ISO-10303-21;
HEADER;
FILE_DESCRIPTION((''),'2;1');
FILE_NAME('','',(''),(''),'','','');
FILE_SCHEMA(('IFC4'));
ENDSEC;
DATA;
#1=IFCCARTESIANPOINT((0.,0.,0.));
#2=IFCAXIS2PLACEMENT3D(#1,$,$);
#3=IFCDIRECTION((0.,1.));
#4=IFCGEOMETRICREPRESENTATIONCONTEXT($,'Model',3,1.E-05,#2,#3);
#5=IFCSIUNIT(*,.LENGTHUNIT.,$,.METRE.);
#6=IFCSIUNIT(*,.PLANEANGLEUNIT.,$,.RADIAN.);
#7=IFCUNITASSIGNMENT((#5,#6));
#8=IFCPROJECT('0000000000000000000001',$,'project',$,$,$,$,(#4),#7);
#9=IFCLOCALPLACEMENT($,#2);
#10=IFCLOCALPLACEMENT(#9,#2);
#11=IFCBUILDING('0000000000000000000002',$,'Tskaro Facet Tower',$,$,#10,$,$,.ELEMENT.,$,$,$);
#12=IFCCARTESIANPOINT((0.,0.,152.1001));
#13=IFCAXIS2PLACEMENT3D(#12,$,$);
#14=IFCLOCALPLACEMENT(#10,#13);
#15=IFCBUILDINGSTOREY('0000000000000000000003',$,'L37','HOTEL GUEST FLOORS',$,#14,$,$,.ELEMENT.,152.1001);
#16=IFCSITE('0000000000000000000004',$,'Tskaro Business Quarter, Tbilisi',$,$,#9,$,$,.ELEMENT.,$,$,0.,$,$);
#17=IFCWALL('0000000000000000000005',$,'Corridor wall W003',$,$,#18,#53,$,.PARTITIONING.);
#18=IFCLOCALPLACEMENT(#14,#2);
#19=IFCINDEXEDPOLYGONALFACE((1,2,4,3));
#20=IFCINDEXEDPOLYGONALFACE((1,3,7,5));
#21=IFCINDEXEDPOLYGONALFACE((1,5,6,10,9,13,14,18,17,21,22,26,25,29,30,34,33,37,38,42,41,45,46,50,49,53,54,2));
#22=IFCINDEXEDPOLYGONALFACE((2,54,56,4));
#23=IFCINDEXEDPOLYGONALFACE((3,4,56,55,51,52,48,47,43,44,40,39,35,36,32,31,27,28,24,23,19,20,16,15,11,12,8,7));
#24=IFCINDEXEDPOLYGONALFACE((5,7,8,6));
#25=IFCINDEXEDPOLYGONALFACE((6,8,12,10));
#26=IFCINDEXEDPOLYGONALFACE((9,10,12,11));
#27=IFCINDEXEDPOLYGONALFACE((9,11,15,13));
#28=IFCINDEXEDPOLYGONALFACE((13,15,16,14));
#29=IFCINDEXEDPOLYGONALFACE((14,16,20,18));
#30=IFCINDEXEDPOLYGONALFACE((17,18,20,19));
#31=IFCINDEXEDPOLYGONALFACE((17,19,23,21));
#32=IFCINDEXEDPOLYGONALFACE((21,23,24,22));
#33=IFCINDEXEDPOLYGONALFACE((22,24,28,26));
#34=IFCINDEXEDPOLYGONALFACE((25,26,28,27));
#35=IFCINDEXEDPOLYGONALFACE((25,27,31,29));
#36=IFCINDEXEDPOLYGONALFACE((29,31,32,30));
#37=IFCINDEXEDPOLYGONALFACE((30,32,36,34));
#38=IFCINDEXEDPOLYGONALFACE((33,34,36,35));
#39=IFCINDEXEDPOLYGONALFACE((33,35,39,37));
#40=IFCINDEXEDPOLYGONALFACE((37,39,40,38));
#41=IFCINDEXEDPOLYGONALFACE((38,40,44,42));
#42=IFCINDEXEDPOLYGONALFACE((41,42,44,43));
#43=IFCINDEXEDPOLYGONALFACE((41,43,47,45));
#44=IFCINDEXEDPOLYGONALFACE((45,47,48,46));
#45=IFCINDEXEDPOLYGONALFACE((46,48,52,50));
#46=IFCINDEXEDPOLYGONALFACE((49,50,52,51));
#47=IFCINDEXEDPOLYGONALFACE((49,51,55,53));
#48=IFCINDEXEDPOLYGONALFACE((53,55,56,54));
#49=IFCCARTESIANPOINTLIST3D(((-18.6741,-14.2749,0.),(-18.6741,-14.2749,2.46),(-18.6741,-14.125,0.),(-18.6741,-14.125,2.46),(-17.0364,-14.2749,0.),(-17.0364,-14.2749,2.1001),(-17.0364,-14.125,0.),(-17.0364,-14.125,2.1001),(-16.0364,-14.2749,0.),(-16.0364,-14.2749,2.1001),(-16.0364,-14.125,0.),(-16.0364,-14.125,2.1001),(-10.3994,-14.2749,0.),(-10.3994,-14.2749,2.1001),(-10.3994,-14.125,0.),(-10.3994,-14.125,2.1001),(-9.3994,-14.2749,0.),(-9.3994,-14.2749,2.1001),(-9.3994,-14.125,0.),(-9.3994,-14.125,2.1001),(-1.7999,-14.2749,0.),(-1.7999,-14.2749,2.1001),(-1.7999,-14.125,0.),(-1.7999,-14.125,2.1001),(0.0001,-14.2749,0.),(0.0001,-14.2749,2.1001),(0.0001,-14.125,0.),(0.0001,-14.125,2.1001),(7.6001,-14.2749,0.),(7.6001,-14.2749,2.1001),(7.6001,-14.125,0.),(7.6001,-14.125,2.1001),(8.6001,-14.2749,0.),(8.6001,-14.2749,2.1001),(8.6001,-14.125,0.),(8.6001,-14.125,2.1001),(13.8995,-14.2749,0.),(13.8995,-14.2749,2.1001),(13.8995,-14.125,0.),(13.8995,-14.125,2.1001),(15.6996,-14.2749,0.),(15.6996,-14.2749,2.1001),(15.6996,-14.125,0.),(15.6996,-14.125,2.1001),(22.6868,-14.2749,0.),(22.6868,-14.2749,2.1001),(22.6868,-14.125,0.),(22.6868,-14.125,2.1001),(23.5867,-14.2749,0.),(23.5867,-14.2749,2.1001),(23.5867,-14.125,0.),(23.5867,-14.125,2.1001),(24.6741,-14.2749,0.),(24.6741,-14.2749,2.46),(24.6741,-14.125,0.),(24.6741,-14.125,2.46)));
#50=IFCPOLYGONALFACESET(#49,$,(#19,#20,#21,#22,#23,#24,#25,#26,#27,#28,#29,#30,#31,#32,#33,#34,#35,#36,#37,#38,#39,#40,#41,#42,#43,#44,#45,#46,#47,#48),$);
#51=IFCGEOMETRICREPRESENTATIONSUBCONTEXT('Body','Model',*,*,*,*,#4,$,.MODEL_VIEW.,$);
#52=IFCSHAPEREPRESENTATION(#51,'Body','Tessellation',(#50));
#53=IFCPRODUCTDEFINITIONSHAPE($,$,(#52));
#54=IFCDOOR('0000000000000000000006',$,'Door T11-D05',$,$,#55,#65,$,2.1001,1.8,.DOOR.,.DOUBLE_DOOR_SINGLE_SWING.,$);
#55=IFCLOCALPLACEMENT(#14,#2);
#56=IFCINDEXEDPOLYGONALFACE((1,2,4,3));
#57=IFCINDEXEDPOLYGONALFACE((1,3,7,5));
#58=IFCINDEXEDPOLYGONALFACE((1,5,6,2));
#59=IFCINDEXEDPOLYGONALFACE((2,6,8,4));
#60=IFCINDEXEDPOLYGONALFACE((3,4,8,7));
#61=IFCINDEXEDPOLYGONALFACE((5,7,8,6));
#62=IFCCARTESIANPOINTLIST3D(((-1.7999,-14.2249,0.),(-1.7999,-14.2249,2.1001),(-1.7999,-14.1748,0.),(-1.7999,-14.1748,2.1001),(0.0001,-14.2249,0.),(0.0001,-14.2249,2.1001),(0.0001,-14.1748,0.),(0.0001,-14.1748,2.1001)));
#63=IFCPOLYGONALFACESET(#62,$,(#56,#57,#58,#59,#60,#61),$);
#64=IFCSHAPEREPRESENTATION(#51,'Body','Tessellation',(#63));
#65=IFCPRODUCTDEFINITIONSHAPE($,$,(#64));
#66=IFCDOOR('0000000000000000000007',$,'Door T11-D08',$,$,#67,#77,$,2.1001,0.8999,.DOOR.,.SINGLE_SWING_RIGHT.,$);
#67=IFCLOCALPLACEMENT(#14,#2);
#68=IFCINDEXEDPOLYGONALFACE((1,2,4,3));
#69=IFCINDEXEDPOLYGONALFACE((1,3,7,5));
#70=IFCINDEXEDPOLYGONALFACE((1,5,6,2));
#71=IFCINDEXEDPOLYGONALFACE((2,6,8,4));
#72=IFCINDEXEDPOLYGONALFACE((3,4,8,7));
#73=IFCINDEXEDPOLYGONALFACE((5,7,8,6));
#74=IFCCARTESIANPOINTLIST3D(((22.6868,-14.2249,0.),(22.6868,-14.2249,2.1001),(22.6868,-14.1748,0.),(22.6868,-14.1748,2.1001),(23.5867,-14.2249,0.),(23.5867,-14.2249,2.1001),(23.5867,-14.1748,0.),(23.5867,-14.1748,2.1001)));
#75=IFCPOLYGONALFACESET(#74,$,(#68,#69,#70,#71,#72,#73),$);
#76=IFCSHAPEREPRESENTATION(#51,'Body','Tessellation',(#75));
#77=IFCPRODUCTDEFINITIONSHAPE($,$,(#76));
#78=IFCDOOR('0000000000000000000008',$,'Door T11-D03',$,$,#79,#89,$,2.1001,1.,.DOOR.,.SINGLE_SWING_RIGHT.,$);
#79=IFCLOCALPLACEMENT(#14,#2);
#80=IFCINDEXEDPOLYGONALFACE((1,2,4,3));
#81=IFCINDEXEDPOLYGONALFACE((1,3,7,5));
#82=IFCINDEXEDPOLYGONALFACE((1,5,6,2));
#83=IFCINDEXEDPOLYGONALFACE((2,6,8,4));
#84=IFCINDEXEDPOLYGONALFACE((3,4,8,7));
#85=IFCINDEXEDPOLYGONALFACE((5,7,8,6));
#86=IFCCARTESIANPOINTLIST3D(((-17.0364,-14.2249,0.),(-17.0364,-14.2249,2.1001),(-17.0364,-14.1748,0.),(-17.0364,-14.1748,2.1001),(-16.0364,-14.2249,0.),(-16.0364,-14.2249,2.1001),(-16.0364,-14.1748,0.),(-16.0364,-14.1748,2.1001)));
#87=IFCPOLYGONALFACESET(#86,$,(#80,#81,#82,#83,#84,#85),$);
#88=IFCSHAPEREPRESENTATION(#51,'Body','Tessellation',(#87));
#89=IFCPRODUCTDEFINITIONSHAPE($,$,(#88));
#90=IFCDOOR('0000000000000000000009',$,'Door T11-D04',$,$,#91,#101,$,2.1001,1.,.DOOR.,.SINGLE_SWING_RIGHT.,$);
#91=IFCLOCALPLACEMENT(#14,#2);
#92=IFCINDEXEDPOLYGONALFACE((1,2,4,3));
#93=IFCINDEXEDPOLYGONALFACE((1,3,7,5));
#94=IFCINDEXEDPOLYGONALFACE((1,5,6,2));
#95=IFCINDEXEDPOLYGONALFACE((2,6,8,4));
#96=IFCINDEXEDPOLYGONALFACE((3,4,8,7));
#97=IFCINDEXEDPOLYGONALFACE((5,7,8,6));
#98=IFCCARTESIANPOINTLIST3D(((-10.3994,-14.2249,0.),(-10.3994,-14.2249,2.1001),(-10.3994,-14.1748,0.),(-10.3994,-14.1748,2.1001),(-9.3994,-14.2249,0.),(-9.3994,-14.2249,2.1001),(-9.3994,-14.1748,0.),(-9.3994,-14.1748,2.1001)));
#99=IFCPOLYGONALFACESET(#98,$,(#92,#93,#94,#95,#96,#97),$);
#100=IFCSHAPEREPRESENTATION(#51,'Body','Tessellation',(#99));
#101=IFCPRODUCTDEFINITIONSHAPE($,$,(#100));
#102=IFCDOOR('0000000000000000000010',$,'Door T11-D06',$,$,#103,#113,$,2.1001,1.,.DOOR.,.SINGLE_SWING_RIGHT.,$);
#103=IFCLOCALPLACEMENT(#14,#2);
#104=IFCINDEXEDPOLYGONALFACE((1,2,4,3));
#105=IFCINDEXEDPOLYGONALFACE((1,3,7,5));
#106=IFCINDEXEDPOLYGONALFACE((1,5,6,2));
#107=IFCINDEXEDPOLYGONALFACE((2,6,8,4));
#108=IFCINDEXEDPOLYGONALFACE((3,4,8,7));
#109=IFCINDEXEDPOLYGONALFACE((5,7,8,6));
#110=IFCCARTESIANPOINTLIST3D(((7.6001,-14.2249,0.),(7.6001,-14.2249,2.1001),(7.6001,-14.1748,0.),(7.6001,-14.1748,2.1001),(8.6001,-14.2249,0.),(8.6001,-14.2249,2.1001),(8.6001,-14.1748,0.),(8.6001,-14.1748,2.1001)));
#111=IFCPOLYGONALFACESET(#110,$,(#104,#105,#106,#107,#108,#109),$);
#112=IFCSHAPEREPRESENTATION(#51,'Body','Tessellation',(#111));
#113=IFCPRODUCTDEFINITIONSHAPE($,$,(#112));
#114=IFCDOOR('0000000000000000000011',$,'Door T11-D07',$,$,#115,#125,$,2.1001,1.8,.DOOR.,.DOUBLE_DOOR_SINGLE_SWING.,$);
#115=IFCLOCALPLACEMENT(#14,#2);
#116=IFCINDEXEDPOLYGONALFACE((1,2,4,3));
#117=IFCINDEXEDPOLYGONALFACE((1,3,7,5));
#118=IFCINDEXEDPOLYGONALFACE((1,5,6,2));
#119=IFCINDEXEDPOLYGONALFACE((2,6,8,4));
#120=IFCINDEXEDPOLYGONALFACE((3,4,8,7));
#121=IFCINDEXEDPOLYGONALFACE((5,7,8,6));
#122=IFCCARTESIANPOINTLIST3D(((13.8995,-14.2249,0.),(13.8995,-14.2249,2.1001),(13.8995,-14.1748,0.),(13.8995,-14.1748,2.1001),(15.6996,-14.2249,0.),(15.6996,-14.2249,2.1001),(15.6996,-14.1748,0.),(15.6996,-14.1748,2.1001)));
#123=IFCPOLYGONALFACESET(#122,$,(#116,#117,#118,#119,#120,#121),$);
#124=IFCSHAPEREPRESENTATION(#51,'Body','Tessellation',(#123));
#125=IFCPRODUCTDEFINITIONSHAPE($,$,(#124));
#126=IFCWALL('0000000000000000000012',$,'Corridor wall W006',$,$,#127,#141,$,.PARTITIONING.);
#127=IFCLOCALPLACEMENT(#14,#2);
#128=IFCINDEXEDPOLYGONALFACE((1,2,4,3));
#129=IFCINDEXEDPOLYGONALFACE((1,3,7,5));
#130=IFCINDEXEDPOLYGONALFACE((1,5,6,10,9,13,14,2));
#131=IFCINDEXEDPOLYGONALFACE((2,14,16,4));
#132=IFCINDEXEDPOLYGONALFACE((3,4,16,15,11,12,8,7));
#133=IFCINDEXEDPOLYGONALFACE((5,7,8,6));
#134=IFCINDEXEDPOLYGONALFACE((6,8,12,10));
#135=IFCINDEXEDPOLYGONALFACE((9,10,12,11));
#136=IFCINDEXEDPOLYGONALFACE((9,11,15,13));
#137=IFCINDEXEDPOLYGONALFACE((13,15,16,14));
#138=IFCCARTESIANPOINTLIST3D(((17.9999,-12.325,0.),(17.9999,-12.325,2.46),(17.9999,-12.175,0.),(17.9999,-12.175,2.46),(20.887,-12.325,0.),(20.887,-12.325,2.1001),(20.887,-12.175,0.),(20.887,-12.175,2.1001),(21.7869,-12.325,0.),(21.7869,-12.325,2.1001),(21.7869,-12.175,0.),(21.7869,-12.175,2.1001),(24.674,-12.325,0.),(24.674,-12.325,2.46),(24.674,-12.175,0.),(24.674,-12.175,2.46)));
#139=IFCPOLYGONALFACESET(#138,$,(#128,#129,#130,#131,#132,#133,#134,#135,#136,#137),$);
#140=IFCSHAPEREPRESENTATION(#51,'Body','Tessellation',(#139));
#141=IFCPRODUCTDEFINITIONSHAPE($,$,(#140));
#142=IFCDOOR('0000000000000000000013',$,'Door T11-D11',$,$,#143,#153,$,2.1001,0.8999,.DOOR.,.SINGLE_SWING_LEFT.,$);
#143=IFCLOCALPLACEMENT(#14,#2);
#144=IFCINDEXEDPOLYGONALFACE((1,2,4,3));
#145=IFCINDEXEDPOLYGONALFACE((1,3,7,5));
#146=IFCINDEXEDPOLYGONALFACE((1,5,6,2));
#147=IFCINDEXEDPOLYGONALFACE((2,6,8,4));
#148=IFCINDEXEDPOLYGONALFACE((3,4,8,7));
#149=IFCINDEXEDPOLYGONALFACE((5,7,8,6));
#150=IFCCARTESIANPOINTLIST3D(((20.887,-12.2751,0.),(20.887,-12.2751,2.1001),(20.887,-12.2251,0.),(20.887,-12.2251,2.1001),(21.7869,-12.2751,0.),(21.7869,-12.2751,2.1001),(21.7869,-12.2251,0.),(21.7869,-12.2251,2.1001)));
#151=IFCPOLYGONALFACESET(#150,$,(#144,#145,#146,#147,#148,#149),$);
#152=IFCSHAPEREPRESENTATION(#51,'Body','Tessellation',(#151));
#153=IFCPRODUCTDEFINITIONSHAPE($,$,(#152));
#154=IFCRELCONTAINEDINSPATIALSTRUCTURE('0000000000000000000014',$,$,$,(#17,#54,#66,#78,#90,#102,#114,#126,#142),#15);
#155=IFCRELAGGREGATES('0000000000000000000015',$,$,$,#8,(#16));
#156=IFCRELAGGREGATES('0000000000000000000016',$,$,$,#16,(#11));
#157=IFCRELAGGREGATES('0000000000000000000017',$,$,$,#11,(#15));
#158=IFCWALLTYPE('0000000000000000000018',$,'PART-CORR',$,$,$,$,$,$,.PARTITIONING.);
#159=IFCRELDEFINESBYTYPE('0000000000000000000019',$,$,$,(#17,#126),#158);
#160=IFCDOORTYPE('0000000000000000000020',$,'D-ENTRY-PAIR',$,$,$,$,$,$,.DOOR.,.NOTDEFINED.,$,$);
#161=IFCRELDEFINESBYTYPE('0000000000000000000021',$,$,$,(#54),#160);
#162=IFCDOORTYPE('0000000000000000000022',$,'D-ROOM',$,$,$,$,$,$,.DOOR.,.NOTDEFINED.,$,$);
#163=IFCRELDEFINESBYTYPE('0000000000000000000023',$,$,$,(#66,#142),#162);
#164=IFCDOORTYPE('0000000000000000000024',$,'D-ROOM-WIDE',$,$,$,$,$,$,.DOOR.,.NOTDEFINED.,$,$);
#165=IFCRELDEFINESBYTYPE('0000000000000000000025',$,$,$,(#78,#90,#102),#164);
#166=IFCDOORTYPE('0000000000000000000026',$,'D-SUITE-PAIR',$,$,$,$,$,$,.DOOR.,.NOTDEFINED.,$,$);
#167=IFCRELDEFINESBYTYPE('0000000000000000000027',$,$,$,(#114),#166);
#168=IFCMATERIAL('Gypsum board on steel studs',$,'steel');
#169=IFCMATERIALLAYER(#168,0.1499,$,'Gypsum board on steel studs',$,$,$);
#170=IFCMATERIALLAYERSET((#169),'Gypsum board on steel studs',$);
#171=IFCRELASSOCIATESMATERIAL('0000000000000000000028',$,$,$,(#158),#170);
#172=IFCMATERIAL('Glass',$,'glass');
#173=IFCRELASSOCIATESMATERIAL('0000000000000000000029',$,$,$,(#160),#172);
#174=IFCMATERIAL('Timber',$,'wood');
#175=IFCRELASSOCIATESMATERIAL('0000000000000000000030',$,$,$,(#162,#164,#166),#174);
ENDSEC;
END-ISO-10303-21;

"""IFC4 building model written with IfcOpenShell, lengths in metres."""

from ifc_helpers import new_model, si_unit, direction, frame, frame_2d, origin, place, context, subcontext, project, spatial, rectangle, extrude, material, layer, layer_set, type_object, element, fill, save


model = new_model("IFC4")

# Units and contexts
model_context = context("Model", 3, precision=1e-05, world=origin(), true_north=direction((0.0, 1.0)))
body_context = subcontext(model_context, "Body", "Model", "MODEL_VIEW")
ifc_project = project(units=[si_unit("LENGTHUNIT", "METRE"), si_unit("PLANEANGLEUNIT", "RADIAN")], contexts=[model_context])

# Site, building, storey
site_placement = place(None, origin())
site = spatial("IfcSite", under=ifc_project, at=site_placement, Name="Tskaro Business Quarter, Tbilisi", CompositionType="ELEMENT", RefElevation=0.0)
building_placement = place(site_placement, origin())
building = spatial("IfcBuilding", under=site, at=building_placement, Name="Tskaro Facet Tower", CompositionType="ELEMENT")
storey_placement = place(building_placement, frame((0.0, 0.0, 152.1001)))
storey = spatial("IfcBuildingStorey", under=building, at=storey_placement, Name="L37", Description="HOTEL GUEST FLOORS", CompositionType="ELEMENT", Elevation=152.1001)

# Wall, openings, doors
ifc_material_1 = material(Name="Gypsum board on steel studs", Category="steel")
ifc_layer_1 = layer(ifc_material_1, 0.1499, Name="Gypsum board on steel studs")
ifc_layer_set_1 = layer_set([ifc_layer_1], Name="Gypsum board on steel studs")
wall_type = type_object("IfcWallType", Name="PART-CORR", PredefinedType="PARTITIONING", material=ifc_layer_set_1)
wall_1_placement = place(storey_placement, frame((24.6741, -14.2, 0.0), z_axis=(0.0, 0.0, 1.0), x_axis=(-1.0, 0.0, 0.0)))
wall_1 = element("IfcWall", 1, at=wall_1_placement, inside=storey, type_object=wall_type, Name="Corridor wall W003", PredefinedType="PARTITIONING", context=body_context, shape_type="SweptSolid", body=[
    extrude(rectangle(XDim=43.3481, YDim=0.1499, at=frame_2d((21.6741, 0.0))), origin(), (0.0, 0.0, 1.0), 2.46),
])
opening_1_placement = place(wall_1_placement, frame((40.7104, 0.0, 0.0)))
opening_1 = element("IfcOpeningElement", 2, at=opening_1_placement, cuts=wall_1, PredefinedType="OPENING", context=body_context, shape_type="SweptSolid", body=[
    extrude(rectangle(XDim=1.0, YDim=2.1001, at=frame_2d((0.5, 1.05))), frame((0.0, 0.085, 0.0), z_axis=(0.0, -1.0, 0.0), x_axis=(1.0, 0.0, 0.0)), (0.0, 0.0, 1.0), 0.1699),
])
opening_2_placement = place(wall_1_placement, frame((34.0735, 0.0, 0.0)))
opening_2 = element("IfcOpeningElement", 3, at=opening_2_placement, cuts=wall_1, PredefinedType="OPENING", context=body_context, shape_type="SweptSolid", body=[
    extrude(rectangle(XDim=1.0, YDim=2.1001, at=frame_2d((0.5, 1.05))), frame((0.0, 0.085, 0.0), z_axis=(0.0, -1.0, 0.0), x_axis=(1.0, 0.0, 0.0)), (0.0, 0.0, 1.0), 0.1699),
])
opening_3_placement = place(wall_1_placement, frame((24.6741, 0.0, 0.0)))
opening_3 = element("IfcOpeningElement", 4, at=opening_3_placement, cuts=wall_1, PredefinedType="OPENING", context=body_context, shape_type="SweptSolid", body=[
    extrude(rectangle(XDim=1.8, YDim=2.1001, at=frame_2d((0.8999, 1.05))), frame((0.0, 0.085, 0.0), z_axis=(0.0, -1.0, 0.0), x_axis=(1.0, 0.0, 0.0)), (0.0, 0.0, 1.0), 0.1699),
])
opening_4_placement = place(wall_1_placement, frame((16.074, 0.0, 0.0)))
opening_4 = element("IfcOpeningElement", 5, at=opening_4_placement, cuts=wall_1, PredefinedType="OPENING", context=body_context, shape_type="SweptSolid", body=[
    extrude(rectangle(XDim=1.0, YDim=2.1001, at=frame_2d((0.5, 1.05))), frame((0.0, 0.085, 0.0), z_axis=(0.0, -1.0, 0.0), x_axis=(1.0, 0.0, 0.0)), (0.0, 0.0, 1.0), 0.1699),
])
opening_5_placement = place(wall_1_placement, frame((8.9746, 0.0, 0.0)))
opening_5 = element("IfcOpeningElement", 6, at=opening_5_placement, cuts=wall_1, PredefinedType="OPENING", context=body_context, shape_type="SweptSolid", body=[
    extrude(rectangle(XDim=1.8, YDim=2.1001, at=frame_2d((0.8999, 1.05))), frame((0.0, 0.085, 0.0), z_axis=(0.0, -1.0, 0.0), x_axis=(1.0, 0.0, 0.0)), (0.0, 0.0, 1.0), 0.1699),
])
opening_6_placement = place(wall_1_placement, frame((1.0874, 0.0, 0.0)))
opening_6 = element("IfcOpeningElement", 7, at=opening_6_placement, cuts=wall_1, PredefinedType="OPENING", context=body_context, shape_type="SweptSolid", body=[
    extrude(rectangle(XDim=0.8999, YDim=2.1001, at=frame_2d((0.45, 1.05))), frame((0.0, 0.085, 0.0), z_axis=(0.0, -1.0, 0.0), x_axis=(1.0, 0.0, 0.0)), (0.0, 0.0, 1.0), 0.1699),
])
ifc_material_2 = material(Name="Glass", Category="glass")
door_type_1 = type_object("IfcDoorType", Name="D-ENTRY-PAIR", OperationType="NOTDEFINED", PredefinedType="DOOR", material=ifc_material_2)
door_1_placement = place(opening_3_placement, origin())
door_1 = element("IfcDoor", 8, at=door_1_placement, inside=storey, type_object=door_type_1, Name="Door T11-D05", OperationType="DOUBLE_DOOR_SINGLE_SWING", OverallHeight=2.1001, OverallWidth=1.8, PredefinedType="DOOR", context=body_context, shape_type="SweptSolid", body=[
    extrude(rectangle(XDim=1.8, YDim=2.1001, at=frame_2d((0.8999, 1.05))), frame((0.0, 0.0249, 0.0), z_axis=(0.0, -1.0, 0.0), x_axis=(1.0, 0.0, 0.0)), (0.0, 0.0, 1.0), 0.05),
])
fill(opening_3, door_1)
ifc_material_3 = material(Name="Timber", Category="wood")
door_type_2 = type_object("IfcDoorType", Name="D-ROOM", OperationType="NOTDEFINED", PredefinedType="DOOR", material=ifc_material_3)
door_2_placement = place(opening_6_placement, origin())
door_2 = element("IfcDoor", 9, at=door_2_placement, inside=storey, type_object=door_type_2, Name="Door T11-D08", OperationType="SINGLE_SWING_RIGHT", OverallHeight=2.1001, OverallWidth=0.8999, PredefinedType="DOOR", context=body_context, shape_type="SweptSolid", body=[
    extrude(rectangle(XDim=0.8999, YDim=2.1001, at=frame_2d((0.45, 1.05))), frame((0.0, 0.0249, 0.0), z_axis=(0.0, -1.0, 0.0), x_axis=(1.0, 0.0, 0.0)), (0.0, 0.0, 1.0), 0.05),
])
fill(opening_6, door_2)
door_type_3 = type_object("IfcDoorType", Name="D-ROOM-WIDE", OperationType="NOTDEFINED", PredefinedType="DOOR", material=ifc_material_3)
door_3_placement = place(opening_1_placement, origin())
door_3 = element("IfcDoor", 10, at=door_3_placement, inside=storey, type_object=door_type_3, Name="Door T11-D03", OperationType="SINGLE_SWING_RIGHT", OverallHeight=2.1001, OverallWidth=1.0, PredefinedType="DOOR", context=body_context, shape_type="SweptSolid", body=[
    extrude(rectangle(XDim=1.0, YDim=2.1001, at=frame_2d((0.5, 1.05))), frame((0.0, 0.0249, 0.0), z_axis=(0.0, -1.0, 0.0), x_axis=(1.0, 0.0, 0.0)), (0.0, 0.0, 1.0), 0.05),
])
fill(opening_1, door_3)
door_4_placement = place(opening_2_placement, origin())
door_4 = element("IfcDoor", 11, at=door_4_placement, inside=storey, type_object=door_type_3, Name="Door T11-D04", OperationType="SINGLE_SWING_RIGHT", OverallHeight=2.1001, OverallWidth=1.0, PredefinedType="DOOR", context=body_context, shape_type="SweptSolid", body=[
    extrude(rectangle(XDim=1.0, YDim=2.1001, at=frame_2d((0.5, 1.05))), frame((0.0, 0.0249, 0.0), z_axis=(0.0, -1.0, 0.0), x_axis=(1.0, 0.0, 0.0)), (0.0, 0.0, 1.0), 0.05),
])
fill(opening_2, door_4)
door_5_placement = place(opening_4_placement, origin())
door_5 = element("IfcDoor", 12, at=door_5_placement, inside=storey, type_object=door_type_3, Name="Door T11-D06", OperationType="SINGLE_SWING_RIGHT", OverallHeight=2.1001, OverallWidth=1.0, PredefinedType="DOOR", context=body_context, shape_type="SweptSolid", body=[
    extrude(rectangle(XDim=1.0, YDim=2.1001, at=frame_2d((0.5, 1.05))), frame((0.0, 0.0249, 0.0), z_axis=(0.0, -1.0, 0.0), x_axis=(1.0, 0.0, 0.0)), (0.0, 0.0, 1.0), 0.05),
])
fill(opening_4, door_5)
door_type_4 = type_object("IfcDoorType", Name="D-SUITE-PAIR", OperationType="NOTDEFINED", PredefinedType="DOOR", material=ifc_material_3)
door_6_placement = place(opening_5_placement, origin())
door_6 = element("IfcDoor", 13, at=door_6_placement, inside=storey, type_object=door_type_4, Name="Door T11-D07", OperationType="DOUBLE_DOOR_SINGLE_SWING", OverallHeight=2.1001, OverallWidth=1.8, PredefinedType="DOOR", context=body_context, shape_type="SweptSolid", body=[
    extrude(rectangle(XDim=1.8, YDim=2.1001, at=frame_2d((0.8999, 1.05))), frame((0.0, 0.0249, 0.0), z_axis=(0.0, -1.0, 0.0), x_axis=(1.0, 0.0, 0.0)), (0.0, 0.0, 1.0), 0.05),
])
fill(opening_5, door_6)

# Wall, opening, door
wall_2_placement = place(storey_placement, frame((18.0, -12.25, 0.0), z_axis=(0.0, 0.0, 1.0), x_axis=(1.0, 0.0, 0.0)))
wall_2 = element("IfcWall", 14, at=wall_2_placement, inside=storey, type_object=wall_type, Name="Corridor wall W006", PredefinedType="PARTITIONING", context=body_context, shape_type="SweptSolid", body=[
    extrude(rectangle(XDim=6.6741, YDim=0.1499, at=frame_2d((3.3369, 0.0))), origin(), (0.0, 0.0, 1.0), 2.46),
])
opening_7_placement = place(wall_2_placement, frame((2.887, 0.0, 0.0)))
opening_7 = element("IfcOpeningElement", 15, at=opening_7_placement, cuts=wall_2, PredefinedType="OPENING", context=body_context, shape_type="SweptSolid", body=[
    extrude(rectangle(XDim=0.8999, YDim=2.1001, at=frame_2d((0.45, 1.05))), frame((0.0, 0.085, 0.0), z_axis=(0.0, -1.0, 0.0), x_axis=(1.0, 0.0, 0.0)), (0.0, 0.0, 1.0), 0.1699),
])
door_7_placement = place(opening_7_placement, origin())
door_7 = element("IfcDoor", 16, at=door_7_placement, inside=storey, type_object=door_type_2, Name="Door T11-D11", OperationType="SINGLE_SWING_LEFT", OverallHeight=2.1001, OverallWidth=0.8999, PredefinedType="DOOR", context=body_context, shape_type="SweptSolid", body=[
    extrude(rectangle(XDim=0.8999, YDim=2.1001, at=frame_2d((0.45, 1.05))), frame((0.0, 0.0249, 0.0), z_axis=(0.0, -1.0, 0.0), x_axis=(1.0, 0.0, 0.0)), (0.0, 0.0, 1.0), 0.05),
])
fill(opening_7, door_7)

save(model, "model.ifc")
